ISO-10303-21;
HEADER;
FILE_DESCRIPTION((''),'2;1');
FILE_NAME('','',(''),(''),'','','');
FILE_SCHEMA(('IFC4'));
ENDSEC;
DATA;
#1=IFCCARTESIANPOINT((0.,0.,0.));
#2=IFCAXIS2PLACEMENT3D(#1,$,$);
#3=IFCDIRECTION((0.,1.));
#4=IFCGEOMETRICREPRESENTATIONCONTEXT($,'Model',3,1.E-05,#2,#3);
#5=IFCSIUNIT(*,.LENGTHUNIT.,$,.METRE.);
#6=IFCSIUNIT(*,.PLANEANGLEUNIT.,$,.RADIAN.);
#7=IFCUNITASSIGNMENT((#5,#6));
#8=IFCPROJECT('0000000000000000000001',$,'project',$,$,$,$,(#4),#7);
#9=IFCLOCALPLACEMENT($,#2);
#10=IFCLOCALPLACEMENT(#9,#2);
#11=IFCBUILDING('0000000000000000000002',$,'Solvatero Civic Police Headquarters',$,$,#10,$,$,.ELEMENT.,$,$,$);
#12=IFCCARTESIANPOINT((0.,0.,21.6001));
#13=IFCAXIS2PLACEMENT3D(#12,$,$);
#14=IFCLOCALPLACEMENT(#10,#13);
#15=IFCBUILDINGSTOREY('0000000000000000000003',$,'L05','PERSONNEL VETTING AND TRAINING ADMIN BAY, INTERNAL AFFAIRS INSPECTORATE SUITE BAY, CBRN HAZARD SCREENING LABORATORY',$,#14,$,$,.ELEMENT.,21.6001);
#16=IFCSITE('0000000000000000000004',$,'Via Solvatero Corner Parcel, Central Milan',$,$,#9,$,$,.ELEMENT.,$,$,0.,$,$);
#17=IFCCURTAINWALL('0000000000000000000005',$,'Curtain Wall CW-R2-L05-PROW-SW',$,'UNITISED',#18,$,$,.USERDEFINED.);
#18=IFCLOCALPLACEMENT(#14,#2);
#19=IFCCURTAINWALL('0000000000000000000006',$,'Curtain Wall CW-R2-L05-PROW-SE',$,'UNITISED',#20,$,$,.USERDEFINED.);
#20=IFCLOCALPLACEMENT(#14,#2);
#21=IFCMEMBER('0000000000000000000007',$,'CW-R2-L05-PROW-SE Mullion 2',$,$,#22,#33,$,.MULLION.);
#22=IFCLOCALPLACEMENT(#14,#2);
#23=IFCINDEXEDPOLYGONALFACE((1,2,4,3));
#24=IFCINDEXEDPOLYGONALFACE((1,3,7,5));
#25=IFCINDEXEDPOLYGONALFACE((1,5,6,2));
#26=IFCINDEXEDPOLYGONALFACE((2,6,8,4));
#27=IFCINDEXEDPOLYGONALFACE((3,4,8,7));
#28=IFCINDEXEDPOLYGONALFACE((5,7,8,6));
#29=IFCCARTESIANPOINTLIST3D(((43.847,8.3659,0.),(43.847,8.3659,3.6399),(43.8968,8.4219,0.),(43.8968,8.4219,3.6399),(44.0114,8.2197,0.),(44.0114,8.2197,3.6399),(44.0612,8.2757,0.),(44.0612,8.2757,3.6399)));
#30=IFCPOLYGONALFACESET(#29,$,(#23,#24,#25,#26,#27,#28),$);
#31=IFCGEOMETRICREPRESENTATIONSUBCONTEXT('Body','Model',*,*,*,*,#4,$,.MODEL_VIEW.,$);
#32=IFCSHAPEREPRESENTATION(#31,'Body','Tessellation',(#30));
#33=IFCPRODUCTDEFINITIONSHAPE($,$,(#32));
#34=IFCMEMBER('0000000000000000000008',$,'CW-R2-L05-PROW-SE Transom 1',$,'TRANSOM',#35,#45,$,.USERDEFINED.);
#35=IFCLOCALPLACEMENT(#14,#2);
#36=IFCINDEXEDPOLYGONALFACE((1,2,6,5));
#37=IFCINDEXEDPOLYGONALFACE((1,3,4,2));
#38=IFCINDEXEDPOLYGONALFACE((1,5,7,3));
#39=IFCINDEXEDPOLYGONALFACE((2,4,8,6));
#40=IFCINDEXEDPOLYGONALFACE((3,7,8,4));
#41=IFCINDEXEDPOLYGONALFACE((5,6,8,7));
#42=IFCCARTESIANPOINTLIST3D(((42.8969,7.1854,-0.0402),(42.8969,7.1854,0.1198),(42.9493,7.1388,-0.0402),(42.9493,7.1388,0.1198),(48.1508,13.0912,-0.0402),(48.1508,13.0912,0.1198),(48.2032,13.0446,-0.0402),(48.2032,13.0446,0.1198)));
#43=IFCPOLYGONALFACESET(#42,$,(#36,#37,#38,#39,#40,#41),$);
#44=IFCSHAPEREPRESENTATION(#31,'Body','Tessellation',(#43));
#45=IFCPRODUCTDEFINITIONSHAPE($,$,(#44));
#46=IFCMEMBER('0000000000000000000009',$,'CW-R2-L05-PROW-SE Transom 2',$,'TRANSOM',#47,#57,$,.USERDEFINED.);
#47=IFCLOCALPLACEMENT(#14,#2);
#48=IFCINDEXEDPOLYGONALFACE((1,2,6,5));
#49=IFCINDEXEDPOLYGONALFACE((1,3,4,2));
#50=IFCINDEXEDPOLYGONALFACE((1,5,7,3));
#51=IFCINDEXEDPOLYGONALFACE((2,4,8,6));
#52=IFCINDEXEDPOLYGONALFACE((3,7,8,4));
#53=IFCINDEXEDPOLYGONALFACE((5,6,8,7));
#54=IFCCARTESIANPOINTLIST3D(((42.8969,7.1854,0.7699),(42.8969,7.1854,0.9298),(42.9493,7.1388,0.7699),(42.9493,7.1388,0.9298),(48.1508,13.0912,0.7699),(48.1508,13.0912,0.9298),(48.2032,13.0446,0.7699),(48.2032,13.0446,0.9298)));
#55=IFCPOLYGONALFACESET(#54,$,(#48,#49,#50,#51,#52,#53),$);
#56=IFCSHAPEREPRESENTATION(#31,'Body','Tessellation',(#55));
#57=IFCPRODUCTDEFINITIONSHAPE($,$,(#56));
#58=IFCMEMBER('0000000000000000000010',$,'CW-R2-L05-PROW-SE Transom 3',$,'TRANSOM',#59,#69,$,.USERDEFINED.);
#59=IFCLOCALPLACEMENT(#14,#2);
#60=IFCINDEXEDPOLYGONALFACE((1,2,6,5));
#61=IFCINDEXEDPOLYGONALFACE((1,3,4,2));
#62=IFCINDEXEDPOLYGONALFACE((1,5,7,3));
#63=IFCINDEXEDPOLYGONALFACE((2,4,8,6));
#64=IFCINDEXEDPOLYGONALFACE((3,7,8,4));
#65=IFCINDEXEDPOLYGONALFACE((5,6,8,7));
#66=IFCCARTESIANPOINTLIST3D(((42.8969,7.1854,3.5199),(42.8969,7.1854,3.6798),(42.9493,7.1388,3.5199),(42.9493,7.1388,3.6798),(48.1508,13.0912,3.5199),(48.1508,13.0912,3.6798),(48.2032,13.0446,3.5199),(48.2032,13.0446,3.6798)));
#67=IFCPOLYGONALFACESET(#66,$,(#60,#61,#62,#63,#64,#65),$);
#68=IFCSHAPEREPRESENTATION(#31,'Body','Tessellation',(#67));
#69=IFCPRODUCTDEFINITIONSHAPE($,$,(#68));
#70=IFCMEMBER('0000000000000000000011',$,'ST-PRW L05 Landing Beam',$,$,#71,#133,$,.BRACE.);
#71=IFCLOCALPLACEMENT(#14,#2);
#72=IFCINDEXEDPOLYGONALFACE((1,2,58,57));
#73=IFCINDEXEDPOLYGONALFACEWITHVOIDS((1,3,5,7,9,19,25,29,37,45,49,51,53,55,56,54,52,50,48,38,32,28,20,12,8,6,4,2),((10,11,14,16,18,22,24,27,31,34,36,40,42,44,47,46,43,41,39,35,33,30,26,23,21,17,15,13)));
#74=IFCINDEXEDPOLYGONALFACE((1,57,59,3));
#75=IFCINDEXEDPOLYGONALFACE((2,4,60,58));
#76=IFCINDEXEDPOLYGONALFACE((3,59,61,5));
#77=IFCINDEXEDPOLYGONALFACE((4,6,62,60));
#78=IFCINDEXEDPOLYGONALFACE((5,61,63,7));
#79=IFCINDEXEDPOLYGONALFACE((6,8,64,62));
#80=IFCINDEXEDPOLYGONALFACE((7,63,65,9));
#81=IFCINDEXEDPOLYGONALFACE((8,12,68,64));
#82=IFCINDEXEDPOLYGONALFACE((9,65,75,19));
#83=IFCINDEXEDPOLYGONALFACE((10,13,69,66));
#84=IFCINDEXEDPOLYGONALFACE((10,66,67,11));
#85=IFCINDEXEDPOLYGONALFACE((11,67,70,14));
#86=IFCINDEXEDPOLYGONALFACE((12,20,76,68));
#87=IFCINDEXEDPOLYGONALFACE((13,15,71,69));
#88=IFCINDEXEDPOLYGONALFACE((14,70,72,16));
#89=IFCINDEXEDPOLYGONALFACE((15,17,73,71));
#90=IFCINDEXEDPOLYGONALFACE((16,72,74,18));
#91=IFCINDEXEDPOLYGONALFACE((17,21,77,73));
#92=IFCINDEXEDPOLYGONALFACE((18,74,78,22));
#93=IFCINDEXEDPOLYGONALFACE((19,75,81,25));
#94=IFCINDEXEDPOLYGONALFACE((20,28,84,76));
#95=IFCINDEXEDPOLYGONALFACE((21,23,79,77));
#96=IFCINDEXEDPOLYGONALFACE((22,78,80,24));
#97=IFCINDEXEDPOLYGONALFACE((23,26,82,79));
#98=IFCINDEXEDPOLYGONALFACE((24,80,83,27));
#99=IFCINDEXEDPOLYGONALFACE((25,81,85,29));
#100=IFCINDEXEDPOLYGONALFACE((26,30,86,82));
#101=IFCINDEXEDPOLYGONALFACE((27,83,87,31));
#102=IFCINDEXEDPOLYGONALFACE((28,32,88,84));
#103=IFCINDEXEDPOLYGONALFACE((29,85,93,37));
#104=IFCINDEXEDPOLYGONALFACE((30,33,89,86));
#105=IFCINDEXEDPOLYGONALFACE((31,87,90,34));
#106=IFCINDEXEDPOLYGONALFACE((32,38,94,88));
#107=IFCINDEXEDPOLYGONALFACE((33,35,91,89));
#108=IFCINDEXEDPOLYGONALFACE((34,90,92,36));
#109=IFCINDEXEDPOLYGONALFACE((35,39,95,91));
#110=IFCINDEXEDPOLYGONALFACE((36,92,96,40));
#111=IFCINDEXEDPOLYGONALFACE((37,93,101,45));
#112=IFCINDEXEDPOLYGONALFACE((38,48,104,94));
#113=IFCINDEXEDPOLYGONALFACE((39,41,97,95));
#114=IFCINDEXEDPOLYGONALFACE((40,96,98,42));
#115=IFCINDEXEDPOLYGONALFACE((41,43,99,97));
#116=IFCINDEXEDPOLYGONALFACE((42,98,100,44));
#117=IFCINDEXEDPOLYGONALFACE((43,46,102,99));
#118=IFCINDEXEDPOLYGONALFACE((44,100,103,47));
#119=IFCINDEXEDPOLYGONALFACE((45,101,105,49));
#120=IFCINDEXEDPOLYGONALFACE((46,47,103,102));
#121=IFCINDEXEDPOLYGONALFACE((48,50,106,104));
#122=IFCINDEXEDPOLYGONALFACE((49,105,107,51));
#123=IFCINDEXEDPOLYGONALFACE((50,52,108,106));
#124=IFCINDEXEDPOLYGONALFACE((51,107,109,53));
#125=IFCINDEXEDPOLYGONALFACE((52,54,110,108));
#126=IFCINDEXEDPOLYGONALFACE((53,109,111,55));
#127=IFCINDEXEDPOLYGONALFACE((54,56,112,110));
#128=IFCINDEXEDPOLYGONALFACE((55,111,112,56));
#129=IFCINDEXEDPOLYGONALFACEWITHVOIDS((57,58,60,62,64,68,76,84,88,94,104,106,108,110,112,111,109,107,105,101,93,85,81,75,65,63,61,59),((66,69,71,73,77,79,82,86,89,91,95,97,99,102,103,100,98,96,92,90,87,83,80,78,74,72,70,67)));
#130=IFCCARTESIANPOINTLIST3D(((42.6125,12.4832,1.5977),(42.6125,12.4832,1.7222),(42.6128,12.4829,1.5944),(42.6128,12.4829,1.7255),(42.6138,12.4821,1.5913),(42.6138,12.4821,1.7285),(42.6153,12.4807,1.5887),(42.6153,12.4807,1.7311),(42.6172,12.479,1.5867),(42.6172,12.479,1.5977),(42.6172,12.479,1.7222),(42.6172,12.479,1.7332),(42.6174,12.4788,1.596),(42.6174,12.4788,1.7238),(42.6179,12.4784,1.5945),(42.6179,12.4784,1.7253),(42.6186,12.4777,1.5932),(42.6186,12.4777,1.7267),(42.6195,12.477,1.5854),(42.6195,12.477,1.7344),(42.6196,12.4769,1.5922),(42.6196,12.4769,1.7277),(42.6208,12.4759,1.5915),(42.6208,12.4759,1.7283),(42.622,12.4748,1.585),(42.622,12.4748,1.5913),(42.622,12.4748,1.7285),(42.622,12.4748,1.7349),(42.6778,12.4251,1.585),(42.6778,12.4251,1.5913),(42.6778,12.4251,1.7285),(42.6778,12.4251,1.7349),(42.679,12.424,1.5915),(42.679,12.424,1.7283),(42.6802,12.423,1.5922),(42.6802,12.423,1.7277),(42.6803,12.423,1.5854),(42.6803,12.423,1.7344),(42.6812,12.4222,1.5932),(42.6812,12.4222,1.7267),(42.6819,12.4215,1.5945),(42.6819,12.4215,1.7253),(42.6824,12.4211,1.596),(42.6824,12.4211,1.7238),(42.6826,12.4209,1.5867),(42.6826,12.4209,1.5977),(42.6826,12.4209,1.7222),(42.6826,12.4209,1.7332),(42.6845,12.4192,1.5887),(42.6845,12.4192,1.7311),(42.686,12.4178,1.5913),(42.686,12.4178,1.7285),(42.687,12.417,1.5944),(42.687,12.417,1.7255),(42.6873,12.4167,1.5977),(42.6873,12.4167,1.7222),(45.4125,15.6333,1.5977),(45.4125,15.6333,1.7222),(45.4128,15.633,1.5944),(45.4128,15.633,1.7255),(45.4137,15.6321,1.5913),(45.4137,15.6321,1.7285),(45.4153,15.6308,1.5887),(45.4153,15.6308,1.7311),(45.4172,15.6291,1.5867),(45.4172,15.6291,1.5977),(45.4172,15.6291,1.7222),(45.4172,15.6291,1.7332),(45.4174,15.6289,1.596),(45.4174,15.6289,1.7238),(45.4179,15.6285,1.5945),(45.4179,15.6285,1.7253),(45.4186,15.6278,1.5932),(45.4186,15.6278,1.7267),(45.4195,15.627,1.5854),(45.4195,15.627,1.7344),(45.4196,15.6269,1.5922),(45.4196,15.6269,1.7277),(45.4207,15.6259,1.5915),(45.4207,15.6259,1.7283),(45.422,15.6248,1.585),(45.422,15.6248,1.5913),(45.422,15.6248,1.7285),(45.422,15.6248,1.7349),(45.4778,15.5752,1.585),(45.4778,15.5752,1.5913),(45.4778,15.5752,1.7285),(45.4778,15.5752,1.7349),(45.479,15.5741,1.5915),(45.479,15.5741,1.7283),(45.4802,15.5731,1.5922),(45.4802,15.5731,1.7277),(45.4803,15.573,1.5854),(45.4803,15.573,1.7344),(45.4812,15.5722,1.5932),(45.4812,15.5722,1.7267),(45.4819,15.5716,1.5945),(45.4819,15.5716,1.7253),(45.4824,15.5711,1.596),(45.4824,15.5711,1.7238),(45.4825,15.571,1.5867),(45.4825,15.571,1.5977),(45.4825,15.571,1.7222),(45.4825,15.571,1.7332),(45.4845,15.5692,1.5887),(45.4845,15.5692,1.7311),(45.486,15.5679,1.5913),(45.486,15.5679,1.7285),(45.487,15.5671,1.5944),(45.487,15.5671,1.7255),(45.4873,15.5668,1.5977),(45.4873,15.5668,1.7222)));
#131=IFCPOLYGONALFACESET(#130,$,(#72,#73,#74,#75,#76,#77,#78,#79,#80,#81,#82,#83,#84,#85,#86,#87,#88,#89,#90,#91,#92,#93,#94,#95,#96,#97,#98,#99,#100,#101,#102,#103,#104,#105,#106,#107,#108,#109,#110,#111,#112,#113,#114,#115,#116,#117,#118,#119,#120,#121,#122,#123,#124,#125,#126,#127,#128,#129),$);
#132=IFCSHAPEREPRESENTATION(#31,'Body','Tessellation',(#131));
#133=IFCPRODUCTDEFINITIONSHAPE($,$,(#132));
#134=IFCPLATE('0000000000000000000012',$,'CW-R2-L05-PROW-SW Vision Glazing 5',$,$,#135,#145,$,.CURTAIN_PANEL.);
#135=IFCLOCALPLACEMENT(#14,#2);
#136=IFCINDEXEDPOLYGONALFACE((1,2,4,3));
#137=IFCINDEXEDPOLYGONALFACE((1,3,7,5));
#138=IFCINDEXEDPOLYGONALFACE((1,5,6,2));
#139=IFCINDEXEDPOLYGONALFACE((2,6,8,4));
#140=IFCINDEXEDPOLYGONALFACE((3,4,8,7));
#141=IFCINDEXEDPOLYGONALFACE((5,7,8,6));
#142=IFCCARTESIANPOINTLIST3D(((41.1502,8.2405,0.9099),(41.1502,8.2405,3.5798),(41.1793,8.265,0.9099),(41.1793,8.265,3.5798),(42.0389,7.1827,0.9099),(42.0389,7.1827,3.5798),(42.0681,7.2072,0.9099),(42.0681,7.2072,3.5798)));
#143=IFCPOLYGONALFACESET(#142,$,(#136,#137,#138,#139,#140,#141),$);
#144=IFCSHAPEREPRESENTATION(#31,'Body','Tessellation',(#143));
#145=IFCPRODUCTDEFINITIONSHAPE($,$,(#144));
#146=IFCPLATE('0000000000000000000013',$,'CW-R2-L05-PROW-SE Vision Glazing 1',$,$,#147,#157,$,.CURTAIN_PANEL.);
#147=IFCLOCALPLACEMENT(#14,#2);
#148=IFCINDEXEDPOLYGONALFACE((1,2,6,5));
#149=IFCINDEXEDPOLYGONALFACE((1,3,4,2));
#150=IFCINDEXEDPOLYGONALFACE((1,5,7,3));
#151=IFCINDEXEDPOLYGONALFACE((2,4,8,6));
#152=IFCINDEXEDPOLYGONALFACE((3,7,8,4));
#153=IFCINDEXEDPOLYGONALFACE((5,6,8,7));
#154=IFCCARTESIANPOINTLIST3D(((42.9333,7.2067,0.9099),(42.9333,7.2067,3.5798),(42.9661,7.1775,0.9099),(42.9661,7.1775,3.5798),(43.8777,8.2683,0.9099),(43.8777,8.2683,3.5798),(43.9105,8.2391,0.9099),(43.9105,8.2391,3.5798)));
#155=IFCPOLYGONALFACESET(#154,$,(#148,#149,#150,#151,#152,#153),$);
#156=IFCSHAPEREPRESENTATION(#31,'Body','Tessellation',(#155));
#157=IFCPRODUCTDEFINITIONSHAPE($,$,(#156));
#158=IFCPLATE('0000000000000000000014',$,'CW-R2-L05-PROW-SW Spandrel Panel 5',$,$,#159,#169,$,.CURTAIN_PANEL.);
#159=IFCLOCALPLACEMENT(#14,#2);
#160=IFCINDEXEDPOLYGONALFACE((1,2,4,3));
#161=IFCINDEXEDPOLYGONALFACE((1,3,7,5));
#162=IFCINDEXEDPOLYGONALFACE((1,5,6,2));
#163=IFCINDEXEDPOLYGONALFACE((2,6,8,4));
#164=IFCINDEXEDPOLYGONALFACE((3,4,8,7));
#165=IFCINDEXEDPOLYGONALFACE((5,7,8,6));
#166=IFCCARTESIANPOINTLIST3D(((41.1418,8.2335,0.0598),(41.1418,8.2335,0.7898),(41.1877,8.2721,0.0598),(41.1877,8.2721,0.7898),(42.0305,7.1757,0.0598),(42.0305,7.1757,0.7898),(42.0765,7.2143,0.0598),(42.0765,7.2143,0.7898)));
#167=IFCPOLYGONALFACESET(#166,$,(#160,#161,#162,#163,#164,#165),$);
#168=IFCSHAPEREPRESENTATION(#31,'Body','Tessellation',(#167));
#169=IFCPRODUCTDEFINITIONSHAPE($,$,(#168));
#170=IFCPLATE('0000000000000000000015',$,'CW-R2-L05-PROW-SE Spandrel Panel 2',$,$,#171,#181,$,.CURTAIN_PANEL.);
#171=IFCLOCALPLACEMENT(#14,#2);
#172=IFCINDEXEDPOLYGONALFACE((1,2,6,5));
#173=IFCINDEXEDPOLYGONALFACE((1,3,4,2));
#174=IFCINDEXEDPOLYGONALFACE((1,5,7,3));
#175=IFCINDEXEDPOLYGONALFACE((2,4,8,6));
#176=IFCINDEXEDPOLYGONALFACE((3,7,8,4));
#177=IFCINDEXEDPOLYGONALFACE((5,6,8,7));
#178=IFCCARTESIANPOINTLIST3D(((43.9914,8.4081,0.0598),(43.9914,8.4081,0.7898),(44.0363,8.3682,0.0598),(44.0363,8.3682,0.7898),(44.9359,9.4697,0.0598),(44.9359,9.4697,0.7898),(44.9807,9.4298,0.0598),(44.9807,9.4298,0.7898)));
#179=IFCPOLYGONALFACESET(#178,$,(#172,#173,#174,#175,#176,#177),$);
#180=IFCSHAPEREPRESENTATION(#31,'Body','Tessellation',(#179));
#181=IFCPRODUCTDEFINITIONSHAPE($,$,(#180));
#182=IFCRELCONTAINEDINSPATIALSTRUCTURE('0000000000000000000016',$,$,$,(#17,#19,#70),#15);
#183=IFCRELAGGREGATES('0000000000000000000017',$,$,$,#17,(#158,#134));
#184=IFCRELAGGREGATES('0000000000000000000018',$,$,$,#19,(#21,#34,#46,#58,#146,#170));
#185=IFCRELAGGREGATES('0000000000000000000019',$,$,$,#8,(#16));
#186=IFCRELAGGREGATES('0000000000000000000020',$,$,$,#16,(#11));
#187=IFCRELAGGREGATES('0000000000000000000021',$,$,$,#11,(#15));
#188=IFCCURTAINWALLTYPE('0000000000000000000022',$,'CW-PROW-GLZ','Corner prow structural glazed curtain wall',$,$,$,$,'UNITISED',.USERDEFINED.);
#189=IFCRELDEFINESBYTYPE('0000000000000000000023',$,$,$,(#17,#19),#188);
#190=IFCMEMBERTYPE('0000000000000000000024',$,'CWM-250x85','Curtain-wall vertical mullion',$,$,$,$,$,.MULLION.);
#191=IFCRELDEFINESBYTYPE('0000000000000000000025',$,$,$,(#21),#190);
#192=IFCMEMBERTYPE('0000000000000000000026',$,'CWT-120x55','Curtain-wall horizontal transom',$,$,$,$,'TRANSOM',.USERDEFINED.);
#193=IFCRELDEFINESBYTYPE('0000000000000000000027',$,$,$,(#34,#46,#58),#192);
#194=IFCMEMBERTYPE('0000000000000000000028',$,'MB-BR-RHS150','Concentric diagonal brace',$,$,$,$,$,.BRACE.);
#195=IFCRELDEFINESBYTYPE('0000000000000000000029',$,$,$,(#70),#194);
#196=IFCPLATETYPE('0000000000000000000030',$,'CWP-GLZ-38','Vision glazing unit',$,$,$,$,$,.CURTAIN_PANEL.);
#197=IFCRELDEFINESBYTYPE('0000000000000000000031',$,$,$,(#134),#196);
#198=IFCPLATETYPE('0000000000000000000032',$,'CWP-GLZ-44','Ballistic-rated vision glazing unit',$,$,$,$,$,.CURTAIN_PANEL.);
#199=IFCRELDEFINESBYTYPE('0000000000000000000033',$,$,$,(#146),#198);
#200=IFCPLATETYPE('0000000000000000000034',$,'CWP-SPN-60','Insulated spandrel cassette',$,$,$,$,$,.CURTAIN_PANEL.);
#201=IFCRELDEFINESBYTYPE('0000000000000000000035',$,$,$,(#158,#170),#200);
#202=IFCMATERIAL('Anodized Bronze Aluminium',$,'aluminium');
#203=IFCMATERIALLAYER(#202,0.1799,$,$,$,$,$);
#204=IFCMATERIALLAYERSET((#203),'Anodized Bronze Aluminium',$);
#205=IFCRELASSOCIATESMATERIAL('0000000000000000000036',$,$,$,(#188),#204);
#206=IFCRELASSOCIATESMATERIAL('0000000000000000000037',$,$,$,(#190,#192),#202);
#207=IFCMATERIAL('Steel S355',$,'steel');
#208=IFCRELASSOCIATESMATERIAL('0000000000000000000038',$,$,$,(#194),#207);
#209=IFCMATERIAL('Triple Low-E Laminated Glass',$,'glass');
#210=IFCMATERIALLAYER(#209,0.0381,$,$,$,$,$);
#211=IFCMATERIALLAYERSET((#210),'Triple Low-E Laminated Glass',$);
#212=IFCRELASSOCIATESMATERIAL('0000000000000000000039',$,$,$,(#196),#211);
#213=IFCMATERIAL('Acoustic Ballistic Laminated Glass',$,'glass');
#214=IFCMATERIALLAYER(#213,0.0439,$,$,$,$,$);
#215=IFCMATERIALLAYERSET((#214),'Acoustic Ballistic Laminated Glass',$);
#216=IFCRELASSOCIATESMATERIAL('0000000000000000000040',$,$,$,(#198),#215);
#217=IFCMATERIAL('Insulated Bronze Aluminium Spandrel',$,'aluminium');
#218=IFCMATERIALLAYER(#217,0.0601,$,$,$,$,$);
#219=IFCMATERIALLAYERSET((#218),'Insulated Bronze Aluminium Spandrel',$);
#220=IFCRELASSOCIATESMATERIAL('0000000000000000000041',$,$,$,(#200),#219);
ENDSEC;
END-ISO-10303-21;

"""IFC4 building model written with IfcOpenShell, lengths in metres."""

from ifc_helpers import new_model, si_unit, direction, frame, origin, origin_2d, place, context, subcontext, project, spatial, rectangle, hollow_rectangle, extrude, material, layer, layer_set, material_profile, profile_set, type_object, element, aggregate, save


model = new_model("IFC4")

# Units and contexts
model_context = context("Model", 3, precision=1e-05, world=origin(), true_north=direction((0.0, 1.0)))
body_context = subcontext(model_context, "Body", "Model", "MODEL_VIEW")
ifc_project = project(units=[si_unit("LENGTHUNIT", "METRE"), si_unit("PLANEANGLEUNIT", "RADIAN")], contexts=[model_context])

# Site, building, storey
site_placement = place(None, origin())
site = spatial("IfcSite", under=ifc_project, at=site_placement, Name="Via Solvatero Corner Parcel, Central Milan", CompositionType="ELEMENT", RefElevation=0.0)
building_placement = place(site_placement, origin())
building = spatial("IfcBuilding", under=site, at=building_placement, Name="Solvatero Civic Police Headquarters", CompositionType="ELEMENT")
storey_placement = place(building_placement, frame((0.0, 0.0, 21.6001)))
storey = spatial("IfcBuildingStorey", under=building, at=storey_placement, Name="L05", Description="PERSONNEL VETTING AND TRAINING ADMIN BAY, INTERNAL AFFAIRS INSPECTORATE SUITE BAY, CBRN HAZARD SCREENING LABORATORY", CompositionType="ELEMENT", Elevation=21.6001)

# Shared definitions
ifc_material_1 = material(Name="Steel S355", Category="steel")

# Curtain walls, members
ifc_material_2 = material(Name="Anodized Bronze Aluminium", Category="aluminium")
ifc_layer_1 = layer(ifc_material_2, 0.1799)
ifc_layer_set_1 = layer_set([ifc_layer_1], Name="Anodized Bronze Aluminium")
curtain_wall_type = type_object("IfcCurtainWallType", Name="CW-PROW-GLZ", Description="Corner prow structural glazed curtain wall", ElementType="UNITISED", PredefinedType="USERDEFINED", material=ifc_layer_set_1)
curtain_wall_1_placement = place(storey_placement, origin())
curtain_wall_1 = element("IfcCurtainWall", 1, at=curtain_wall_1_placement, inside=storey, type_object=curtain_wall_type, Name="Curtain Wall CW-R2-L05-PROW-SW", ObjectType="UNITISED", PredefinedType="USERDEFINED")
curtain_wall_2_placement = place(storey_placement, origin())
curtain_wall_2 = element("IfcCurtainWall", 2, at=curtain_wall_2_placement, inside=storey, type_object=curtain_wall_type, Name="Curtain Wall CW-R2-L05-PROW-SE", ObjectType="UNITISED", PredefinedType="USERDEFINED")
ifc_material_profile_1 = material_profile(ifc_material_2, rectangle(XDim=0.075, YDim=0.22, at=origin_2d()), Name="ALU MULLION 75x220")
ifc_profile_set_1 = profile_set([ifc_material_profile_1], Name="Anodized Bronze Aluminium")
member_type_1 = type_object("IfcMemberType", Name="CWM-250x85", Description="Curtain-wall vertical mullion", PredefinedType="MULLION", material=ifc_profile_set_1)
member_1_placement = place(storey_placement, frame((43.9541, 8.3208, 0.0), z_axis=(0.0, 0.0, 1.0), x_axis=(0.664657, 0.747149, 0.0)))
member_1 = element("IfcMember", 3, at=member_1_placement, type_object=member_type_1, Name="CW-R2-L05-PROW-SE Mullion 2", PredefinedType="MULLION", context=body_context, shape_type="SweptSolid", body=[
    extrude(rectangle(XDim=0.075, YDim=0.22, at=origin_2d()), origin(), (0.0, 0.0, 1.0), 3.6399),
])
ifc_material_profile_2 = material_profile(ifc_material_2, rectangle(XDim=0.0701, YDim=0.1599, at=origin_2d()), Name="ALU TRANSOM 70x160")
ifc_profile_set_2 = profile_set([ifc_material_profile_2], Name="Anodized Bronze Aluminium")
member_type_2 = type_object("IfcMemberType", Name="CWT-120x55", Description="Curtain-wall horizontal transom", ElementType="TRANSOM", PredefinedType="USERDEFINED", material=ifc_profile_set_2)
member_2_placement = place(storey_placement, frame((42.9231, 7.1621, 0.0398), z_axis=(0.664671, 0.747137, 0.0), x_axis=(-0.747137, 0.664671, 0.0)))
member_2 = element("IfcMember", 4, at=member_2_placement, type_object=member_type_2, Name="CW-R2-L05-PROW-SE Transom 1", ObjectType="TRANSOM", PredefinedType="USERDEFINED", context=body_context, shape_type="SweptSolid", body=[
    extrude(rectangle(XDim=0.0701, YDim=0.1599, at=origin_2d()), origin(), (0.0, 0.0, 1.0), 7.9045),
])
member_3_placement = place(storey_placement, frame((42.9231, 7.1621, 0.8499), z_axis=(0.664671, 0.747137, 0.0), x_axis=(-0.747137, 0.664671, 0.0)))
member_3 = element("IfcMember", 5, at=member_3_placement, type_object=member_type_2, Name="CW-R2-L05-PROW-SE Transom 2", ObjectType="TRANSOM", PredefinedType="USERDEFINED", context=body_context, shape_type="SweptSolid", body=[
    extrude(rectangle(XDim=0.0701, YDim=0.1599, at=origin_2d()), origin(), (0.0, 0.0, 1.0), 7.9045),
])
member_4_placement = place(storey_placement, frame((42.9231, 7.1621, 3.5999), z_axis=(0.664671, 0.747137, 0.0), x_axis=(-0.747137, 0.664671, 0.0)))
member_4 = element("IfcMember", 6, at=member_4_placement, type_object=member_type_2, Name="CW-R2-L05-PROW-SE Transom 3", ObjectType="TRANSOM", PredefinedType="USERDEFINED", context=body_context, shape_type="SweptSolid", body=[
    extrude(rectangle(XDim=0.0701, YDim=0.1599, at=origin_2d()), origin(), (0.0, 0.0, 1.0), 7.9045),
])

# Member
ifc_material_profile_3 = material_profile(ifc_material_1, hollow_rectangle(XDim=0.1001, YDim=0.1499, WallThickness=0.0063, InnerFilletRadius=0.0063, OuterFilletRadius=0.0127, at=origin_2d()), Name="RHS 150x100x6.3")
ifc_profile_set_3 = profile_set([ifc_material_profile_3], Name="Steel S355")
member_type_3 = type_object("IfcMemberType", Name="MB-BR-RHS150", Description="Concentric diagonal brace", PredefinedType="BRACE", material=ifc_profile_set_3)
member_5_placement = place(storey_placement, frame((42.6499, 12.45, 1.6599), z_axis=(0.664353, 0.747419, 0.0), x_axis=(-0.747419, 0.664353, 0.0)))
element("IfcMember", 7, at=member_5_placement, inside=storey, type_object=member_type_3, Name="ST-PRW L05 Landing Beam", PredefinedType="BRACE", context=body_context, shape_type="SweptSolid", body=[
    extrude(hollow_rectangle(XDim=0.1001, YDim=0.1499, WallThickness=0.0063, InnerFilletRadius=0.0063, OuterFilletRadius=0.0127, at=origin_2d()), origin(), (0.0, 0.0, 1.0), 4.2146),
])

# Plates
ifc_material_3 = material(Name="Triple Low-E Laminated Glass", Category="glass")
ifc_layer_2 = layer(ifc_material_3, 0.0381)
ifc_layer_set_2 = layer_set([ifc_layer_2], Name="Triple Low-E Laminated Glass")
plate_type_1 = type_object("IfcPlateType", Name="CWP-GLZ-38", Description="Vision glazing unit", PredefinedType="CURTAIN_PANEL", material=ifc_layer_set_2)
plate_1_placement = place(storey_placement, frame((41.6091, 7.7239, 0.9099), z_axis=(0.0, 0.0, 1.0), x_axis=(0.643282, -0.765629, 0.0)))
plate_1 = element("IfcPlate", 8, at=plate_1_placement, type_object=plate_type_1, Name="CW-R2-L05-PROW-SW Vision Glazing 5", PredefinedType="CURTAIN_PANEL", context=body_context, shape_type="SweptSolid", body=[
    extrude(rectangle(XDim=1.3816, YDim=0.0381, at=origin_2d()), origin(), (0.0, 0.0, 1.0), 2.6699),
])
ifc_material_4 = material(Name="Acoustic Ballistic Laminated Glass", Category="glass")
ifc_layer_3 = layer(ifc_material_4, 0.0439)
ifc_layer_set_3 = layer_set([ifc_layer_3], Name="Acoustic Ballistic Laminated Glass")
plate_type_2 = type_object("IfcPlateType", Name="CWP-GLZ-44", Description="Ballistic-rated vision glazing unit", PredefinedType="CURTAIN_PANEL", material=ifc_layer_set_3)
plate_2_placement = place(storey_placement, frame((43.4219, 7.7229, 0.9099), z_axis=(0.0, 0.0, 1.0), x_axis=(0.664657, 0.747149, 0.0)))
plate_2 = element("IfcPlate", 9, at=plate_2_placement, type_object=plate_type_2, Name="CW-R2-L05-PROW-SE Vision Glazing 1", PredefinedType="CURTAIN_PANEL", context=body_context, shape_type="SweptSolid", body=[
    extrude(rectangle(XDim=1.4209, YDim=0.0439, at=origin_2d()), origin(), (0.0, 0.0, 1.0), 2.6699),
])
ifc_material_5 = material(Name="Insulated Bronze Aluminium Spandrel", Category="aluminium")
ifc_layer_4 = layer(ifc_material_5, 0.0601)
ifc_layer_set_4 = layer_set([ifc_layer_4], Name="Insulated Bronze Aluminium Spandrel")
plate_type_3 = type_object("IfcPlateType", Name="CWP-SPN-60", Description="Insulated spandrel cassette", PredefinedType="CURTAIN_PANEL", material=ifc_layer_set_4)
plate_3_placement = place(storey_placement, frame((41.6091, 7.7239, 0.0598), z_axis=(0.0, 0.0, 1.0), x_axis=(0.643282, -0.765629, 0.0)))
plate_3 = element("IfcPlate", 10, at=plate_3_placement, type_object=plate_type_3, Name="CW-R2-L05-PROW-SW Spandrel Panel 5", PredefinedType="CURTAIN_PANEL", context=body_context, shape_type="SweptSolid", body=[
    extrude(rectangle(XDim=1.3816, YDim=0.0601, at=origin_2d()), origin(), (0.0, 0.0, 1.0), 0.73),
])
aggregate(curtain_wall_1, [plate_3, plate_1])
plate_4_placement = place(storey_placement, frame((44.4861, 8.9189, 0.0598), z_axis=(0.0, 0.0, 1.0), x_axis=(0.664657, 0.747149, 0.0)))
plate_4 = element("IfcPlate", 11, at=plate_4_placement, type_object=plate_type_3, Name="CW-R2-L05-PROW-SE Spandrel Panel 2", PredefinedType="CURTAIN_PANEL", context=body_context, shape_type="SweptSolid", body=[
    extrude(rectangle(XDim=1.4209, YDim=0.0601, at=origin_2d()), origin(), (0.0, 0.0, 1.0), 0.73),
])
aggregate(curtain_wall_2, [member_1, member_2, member_3, member_4, plate_2, plate_4])

save(model, "model.ifc")
